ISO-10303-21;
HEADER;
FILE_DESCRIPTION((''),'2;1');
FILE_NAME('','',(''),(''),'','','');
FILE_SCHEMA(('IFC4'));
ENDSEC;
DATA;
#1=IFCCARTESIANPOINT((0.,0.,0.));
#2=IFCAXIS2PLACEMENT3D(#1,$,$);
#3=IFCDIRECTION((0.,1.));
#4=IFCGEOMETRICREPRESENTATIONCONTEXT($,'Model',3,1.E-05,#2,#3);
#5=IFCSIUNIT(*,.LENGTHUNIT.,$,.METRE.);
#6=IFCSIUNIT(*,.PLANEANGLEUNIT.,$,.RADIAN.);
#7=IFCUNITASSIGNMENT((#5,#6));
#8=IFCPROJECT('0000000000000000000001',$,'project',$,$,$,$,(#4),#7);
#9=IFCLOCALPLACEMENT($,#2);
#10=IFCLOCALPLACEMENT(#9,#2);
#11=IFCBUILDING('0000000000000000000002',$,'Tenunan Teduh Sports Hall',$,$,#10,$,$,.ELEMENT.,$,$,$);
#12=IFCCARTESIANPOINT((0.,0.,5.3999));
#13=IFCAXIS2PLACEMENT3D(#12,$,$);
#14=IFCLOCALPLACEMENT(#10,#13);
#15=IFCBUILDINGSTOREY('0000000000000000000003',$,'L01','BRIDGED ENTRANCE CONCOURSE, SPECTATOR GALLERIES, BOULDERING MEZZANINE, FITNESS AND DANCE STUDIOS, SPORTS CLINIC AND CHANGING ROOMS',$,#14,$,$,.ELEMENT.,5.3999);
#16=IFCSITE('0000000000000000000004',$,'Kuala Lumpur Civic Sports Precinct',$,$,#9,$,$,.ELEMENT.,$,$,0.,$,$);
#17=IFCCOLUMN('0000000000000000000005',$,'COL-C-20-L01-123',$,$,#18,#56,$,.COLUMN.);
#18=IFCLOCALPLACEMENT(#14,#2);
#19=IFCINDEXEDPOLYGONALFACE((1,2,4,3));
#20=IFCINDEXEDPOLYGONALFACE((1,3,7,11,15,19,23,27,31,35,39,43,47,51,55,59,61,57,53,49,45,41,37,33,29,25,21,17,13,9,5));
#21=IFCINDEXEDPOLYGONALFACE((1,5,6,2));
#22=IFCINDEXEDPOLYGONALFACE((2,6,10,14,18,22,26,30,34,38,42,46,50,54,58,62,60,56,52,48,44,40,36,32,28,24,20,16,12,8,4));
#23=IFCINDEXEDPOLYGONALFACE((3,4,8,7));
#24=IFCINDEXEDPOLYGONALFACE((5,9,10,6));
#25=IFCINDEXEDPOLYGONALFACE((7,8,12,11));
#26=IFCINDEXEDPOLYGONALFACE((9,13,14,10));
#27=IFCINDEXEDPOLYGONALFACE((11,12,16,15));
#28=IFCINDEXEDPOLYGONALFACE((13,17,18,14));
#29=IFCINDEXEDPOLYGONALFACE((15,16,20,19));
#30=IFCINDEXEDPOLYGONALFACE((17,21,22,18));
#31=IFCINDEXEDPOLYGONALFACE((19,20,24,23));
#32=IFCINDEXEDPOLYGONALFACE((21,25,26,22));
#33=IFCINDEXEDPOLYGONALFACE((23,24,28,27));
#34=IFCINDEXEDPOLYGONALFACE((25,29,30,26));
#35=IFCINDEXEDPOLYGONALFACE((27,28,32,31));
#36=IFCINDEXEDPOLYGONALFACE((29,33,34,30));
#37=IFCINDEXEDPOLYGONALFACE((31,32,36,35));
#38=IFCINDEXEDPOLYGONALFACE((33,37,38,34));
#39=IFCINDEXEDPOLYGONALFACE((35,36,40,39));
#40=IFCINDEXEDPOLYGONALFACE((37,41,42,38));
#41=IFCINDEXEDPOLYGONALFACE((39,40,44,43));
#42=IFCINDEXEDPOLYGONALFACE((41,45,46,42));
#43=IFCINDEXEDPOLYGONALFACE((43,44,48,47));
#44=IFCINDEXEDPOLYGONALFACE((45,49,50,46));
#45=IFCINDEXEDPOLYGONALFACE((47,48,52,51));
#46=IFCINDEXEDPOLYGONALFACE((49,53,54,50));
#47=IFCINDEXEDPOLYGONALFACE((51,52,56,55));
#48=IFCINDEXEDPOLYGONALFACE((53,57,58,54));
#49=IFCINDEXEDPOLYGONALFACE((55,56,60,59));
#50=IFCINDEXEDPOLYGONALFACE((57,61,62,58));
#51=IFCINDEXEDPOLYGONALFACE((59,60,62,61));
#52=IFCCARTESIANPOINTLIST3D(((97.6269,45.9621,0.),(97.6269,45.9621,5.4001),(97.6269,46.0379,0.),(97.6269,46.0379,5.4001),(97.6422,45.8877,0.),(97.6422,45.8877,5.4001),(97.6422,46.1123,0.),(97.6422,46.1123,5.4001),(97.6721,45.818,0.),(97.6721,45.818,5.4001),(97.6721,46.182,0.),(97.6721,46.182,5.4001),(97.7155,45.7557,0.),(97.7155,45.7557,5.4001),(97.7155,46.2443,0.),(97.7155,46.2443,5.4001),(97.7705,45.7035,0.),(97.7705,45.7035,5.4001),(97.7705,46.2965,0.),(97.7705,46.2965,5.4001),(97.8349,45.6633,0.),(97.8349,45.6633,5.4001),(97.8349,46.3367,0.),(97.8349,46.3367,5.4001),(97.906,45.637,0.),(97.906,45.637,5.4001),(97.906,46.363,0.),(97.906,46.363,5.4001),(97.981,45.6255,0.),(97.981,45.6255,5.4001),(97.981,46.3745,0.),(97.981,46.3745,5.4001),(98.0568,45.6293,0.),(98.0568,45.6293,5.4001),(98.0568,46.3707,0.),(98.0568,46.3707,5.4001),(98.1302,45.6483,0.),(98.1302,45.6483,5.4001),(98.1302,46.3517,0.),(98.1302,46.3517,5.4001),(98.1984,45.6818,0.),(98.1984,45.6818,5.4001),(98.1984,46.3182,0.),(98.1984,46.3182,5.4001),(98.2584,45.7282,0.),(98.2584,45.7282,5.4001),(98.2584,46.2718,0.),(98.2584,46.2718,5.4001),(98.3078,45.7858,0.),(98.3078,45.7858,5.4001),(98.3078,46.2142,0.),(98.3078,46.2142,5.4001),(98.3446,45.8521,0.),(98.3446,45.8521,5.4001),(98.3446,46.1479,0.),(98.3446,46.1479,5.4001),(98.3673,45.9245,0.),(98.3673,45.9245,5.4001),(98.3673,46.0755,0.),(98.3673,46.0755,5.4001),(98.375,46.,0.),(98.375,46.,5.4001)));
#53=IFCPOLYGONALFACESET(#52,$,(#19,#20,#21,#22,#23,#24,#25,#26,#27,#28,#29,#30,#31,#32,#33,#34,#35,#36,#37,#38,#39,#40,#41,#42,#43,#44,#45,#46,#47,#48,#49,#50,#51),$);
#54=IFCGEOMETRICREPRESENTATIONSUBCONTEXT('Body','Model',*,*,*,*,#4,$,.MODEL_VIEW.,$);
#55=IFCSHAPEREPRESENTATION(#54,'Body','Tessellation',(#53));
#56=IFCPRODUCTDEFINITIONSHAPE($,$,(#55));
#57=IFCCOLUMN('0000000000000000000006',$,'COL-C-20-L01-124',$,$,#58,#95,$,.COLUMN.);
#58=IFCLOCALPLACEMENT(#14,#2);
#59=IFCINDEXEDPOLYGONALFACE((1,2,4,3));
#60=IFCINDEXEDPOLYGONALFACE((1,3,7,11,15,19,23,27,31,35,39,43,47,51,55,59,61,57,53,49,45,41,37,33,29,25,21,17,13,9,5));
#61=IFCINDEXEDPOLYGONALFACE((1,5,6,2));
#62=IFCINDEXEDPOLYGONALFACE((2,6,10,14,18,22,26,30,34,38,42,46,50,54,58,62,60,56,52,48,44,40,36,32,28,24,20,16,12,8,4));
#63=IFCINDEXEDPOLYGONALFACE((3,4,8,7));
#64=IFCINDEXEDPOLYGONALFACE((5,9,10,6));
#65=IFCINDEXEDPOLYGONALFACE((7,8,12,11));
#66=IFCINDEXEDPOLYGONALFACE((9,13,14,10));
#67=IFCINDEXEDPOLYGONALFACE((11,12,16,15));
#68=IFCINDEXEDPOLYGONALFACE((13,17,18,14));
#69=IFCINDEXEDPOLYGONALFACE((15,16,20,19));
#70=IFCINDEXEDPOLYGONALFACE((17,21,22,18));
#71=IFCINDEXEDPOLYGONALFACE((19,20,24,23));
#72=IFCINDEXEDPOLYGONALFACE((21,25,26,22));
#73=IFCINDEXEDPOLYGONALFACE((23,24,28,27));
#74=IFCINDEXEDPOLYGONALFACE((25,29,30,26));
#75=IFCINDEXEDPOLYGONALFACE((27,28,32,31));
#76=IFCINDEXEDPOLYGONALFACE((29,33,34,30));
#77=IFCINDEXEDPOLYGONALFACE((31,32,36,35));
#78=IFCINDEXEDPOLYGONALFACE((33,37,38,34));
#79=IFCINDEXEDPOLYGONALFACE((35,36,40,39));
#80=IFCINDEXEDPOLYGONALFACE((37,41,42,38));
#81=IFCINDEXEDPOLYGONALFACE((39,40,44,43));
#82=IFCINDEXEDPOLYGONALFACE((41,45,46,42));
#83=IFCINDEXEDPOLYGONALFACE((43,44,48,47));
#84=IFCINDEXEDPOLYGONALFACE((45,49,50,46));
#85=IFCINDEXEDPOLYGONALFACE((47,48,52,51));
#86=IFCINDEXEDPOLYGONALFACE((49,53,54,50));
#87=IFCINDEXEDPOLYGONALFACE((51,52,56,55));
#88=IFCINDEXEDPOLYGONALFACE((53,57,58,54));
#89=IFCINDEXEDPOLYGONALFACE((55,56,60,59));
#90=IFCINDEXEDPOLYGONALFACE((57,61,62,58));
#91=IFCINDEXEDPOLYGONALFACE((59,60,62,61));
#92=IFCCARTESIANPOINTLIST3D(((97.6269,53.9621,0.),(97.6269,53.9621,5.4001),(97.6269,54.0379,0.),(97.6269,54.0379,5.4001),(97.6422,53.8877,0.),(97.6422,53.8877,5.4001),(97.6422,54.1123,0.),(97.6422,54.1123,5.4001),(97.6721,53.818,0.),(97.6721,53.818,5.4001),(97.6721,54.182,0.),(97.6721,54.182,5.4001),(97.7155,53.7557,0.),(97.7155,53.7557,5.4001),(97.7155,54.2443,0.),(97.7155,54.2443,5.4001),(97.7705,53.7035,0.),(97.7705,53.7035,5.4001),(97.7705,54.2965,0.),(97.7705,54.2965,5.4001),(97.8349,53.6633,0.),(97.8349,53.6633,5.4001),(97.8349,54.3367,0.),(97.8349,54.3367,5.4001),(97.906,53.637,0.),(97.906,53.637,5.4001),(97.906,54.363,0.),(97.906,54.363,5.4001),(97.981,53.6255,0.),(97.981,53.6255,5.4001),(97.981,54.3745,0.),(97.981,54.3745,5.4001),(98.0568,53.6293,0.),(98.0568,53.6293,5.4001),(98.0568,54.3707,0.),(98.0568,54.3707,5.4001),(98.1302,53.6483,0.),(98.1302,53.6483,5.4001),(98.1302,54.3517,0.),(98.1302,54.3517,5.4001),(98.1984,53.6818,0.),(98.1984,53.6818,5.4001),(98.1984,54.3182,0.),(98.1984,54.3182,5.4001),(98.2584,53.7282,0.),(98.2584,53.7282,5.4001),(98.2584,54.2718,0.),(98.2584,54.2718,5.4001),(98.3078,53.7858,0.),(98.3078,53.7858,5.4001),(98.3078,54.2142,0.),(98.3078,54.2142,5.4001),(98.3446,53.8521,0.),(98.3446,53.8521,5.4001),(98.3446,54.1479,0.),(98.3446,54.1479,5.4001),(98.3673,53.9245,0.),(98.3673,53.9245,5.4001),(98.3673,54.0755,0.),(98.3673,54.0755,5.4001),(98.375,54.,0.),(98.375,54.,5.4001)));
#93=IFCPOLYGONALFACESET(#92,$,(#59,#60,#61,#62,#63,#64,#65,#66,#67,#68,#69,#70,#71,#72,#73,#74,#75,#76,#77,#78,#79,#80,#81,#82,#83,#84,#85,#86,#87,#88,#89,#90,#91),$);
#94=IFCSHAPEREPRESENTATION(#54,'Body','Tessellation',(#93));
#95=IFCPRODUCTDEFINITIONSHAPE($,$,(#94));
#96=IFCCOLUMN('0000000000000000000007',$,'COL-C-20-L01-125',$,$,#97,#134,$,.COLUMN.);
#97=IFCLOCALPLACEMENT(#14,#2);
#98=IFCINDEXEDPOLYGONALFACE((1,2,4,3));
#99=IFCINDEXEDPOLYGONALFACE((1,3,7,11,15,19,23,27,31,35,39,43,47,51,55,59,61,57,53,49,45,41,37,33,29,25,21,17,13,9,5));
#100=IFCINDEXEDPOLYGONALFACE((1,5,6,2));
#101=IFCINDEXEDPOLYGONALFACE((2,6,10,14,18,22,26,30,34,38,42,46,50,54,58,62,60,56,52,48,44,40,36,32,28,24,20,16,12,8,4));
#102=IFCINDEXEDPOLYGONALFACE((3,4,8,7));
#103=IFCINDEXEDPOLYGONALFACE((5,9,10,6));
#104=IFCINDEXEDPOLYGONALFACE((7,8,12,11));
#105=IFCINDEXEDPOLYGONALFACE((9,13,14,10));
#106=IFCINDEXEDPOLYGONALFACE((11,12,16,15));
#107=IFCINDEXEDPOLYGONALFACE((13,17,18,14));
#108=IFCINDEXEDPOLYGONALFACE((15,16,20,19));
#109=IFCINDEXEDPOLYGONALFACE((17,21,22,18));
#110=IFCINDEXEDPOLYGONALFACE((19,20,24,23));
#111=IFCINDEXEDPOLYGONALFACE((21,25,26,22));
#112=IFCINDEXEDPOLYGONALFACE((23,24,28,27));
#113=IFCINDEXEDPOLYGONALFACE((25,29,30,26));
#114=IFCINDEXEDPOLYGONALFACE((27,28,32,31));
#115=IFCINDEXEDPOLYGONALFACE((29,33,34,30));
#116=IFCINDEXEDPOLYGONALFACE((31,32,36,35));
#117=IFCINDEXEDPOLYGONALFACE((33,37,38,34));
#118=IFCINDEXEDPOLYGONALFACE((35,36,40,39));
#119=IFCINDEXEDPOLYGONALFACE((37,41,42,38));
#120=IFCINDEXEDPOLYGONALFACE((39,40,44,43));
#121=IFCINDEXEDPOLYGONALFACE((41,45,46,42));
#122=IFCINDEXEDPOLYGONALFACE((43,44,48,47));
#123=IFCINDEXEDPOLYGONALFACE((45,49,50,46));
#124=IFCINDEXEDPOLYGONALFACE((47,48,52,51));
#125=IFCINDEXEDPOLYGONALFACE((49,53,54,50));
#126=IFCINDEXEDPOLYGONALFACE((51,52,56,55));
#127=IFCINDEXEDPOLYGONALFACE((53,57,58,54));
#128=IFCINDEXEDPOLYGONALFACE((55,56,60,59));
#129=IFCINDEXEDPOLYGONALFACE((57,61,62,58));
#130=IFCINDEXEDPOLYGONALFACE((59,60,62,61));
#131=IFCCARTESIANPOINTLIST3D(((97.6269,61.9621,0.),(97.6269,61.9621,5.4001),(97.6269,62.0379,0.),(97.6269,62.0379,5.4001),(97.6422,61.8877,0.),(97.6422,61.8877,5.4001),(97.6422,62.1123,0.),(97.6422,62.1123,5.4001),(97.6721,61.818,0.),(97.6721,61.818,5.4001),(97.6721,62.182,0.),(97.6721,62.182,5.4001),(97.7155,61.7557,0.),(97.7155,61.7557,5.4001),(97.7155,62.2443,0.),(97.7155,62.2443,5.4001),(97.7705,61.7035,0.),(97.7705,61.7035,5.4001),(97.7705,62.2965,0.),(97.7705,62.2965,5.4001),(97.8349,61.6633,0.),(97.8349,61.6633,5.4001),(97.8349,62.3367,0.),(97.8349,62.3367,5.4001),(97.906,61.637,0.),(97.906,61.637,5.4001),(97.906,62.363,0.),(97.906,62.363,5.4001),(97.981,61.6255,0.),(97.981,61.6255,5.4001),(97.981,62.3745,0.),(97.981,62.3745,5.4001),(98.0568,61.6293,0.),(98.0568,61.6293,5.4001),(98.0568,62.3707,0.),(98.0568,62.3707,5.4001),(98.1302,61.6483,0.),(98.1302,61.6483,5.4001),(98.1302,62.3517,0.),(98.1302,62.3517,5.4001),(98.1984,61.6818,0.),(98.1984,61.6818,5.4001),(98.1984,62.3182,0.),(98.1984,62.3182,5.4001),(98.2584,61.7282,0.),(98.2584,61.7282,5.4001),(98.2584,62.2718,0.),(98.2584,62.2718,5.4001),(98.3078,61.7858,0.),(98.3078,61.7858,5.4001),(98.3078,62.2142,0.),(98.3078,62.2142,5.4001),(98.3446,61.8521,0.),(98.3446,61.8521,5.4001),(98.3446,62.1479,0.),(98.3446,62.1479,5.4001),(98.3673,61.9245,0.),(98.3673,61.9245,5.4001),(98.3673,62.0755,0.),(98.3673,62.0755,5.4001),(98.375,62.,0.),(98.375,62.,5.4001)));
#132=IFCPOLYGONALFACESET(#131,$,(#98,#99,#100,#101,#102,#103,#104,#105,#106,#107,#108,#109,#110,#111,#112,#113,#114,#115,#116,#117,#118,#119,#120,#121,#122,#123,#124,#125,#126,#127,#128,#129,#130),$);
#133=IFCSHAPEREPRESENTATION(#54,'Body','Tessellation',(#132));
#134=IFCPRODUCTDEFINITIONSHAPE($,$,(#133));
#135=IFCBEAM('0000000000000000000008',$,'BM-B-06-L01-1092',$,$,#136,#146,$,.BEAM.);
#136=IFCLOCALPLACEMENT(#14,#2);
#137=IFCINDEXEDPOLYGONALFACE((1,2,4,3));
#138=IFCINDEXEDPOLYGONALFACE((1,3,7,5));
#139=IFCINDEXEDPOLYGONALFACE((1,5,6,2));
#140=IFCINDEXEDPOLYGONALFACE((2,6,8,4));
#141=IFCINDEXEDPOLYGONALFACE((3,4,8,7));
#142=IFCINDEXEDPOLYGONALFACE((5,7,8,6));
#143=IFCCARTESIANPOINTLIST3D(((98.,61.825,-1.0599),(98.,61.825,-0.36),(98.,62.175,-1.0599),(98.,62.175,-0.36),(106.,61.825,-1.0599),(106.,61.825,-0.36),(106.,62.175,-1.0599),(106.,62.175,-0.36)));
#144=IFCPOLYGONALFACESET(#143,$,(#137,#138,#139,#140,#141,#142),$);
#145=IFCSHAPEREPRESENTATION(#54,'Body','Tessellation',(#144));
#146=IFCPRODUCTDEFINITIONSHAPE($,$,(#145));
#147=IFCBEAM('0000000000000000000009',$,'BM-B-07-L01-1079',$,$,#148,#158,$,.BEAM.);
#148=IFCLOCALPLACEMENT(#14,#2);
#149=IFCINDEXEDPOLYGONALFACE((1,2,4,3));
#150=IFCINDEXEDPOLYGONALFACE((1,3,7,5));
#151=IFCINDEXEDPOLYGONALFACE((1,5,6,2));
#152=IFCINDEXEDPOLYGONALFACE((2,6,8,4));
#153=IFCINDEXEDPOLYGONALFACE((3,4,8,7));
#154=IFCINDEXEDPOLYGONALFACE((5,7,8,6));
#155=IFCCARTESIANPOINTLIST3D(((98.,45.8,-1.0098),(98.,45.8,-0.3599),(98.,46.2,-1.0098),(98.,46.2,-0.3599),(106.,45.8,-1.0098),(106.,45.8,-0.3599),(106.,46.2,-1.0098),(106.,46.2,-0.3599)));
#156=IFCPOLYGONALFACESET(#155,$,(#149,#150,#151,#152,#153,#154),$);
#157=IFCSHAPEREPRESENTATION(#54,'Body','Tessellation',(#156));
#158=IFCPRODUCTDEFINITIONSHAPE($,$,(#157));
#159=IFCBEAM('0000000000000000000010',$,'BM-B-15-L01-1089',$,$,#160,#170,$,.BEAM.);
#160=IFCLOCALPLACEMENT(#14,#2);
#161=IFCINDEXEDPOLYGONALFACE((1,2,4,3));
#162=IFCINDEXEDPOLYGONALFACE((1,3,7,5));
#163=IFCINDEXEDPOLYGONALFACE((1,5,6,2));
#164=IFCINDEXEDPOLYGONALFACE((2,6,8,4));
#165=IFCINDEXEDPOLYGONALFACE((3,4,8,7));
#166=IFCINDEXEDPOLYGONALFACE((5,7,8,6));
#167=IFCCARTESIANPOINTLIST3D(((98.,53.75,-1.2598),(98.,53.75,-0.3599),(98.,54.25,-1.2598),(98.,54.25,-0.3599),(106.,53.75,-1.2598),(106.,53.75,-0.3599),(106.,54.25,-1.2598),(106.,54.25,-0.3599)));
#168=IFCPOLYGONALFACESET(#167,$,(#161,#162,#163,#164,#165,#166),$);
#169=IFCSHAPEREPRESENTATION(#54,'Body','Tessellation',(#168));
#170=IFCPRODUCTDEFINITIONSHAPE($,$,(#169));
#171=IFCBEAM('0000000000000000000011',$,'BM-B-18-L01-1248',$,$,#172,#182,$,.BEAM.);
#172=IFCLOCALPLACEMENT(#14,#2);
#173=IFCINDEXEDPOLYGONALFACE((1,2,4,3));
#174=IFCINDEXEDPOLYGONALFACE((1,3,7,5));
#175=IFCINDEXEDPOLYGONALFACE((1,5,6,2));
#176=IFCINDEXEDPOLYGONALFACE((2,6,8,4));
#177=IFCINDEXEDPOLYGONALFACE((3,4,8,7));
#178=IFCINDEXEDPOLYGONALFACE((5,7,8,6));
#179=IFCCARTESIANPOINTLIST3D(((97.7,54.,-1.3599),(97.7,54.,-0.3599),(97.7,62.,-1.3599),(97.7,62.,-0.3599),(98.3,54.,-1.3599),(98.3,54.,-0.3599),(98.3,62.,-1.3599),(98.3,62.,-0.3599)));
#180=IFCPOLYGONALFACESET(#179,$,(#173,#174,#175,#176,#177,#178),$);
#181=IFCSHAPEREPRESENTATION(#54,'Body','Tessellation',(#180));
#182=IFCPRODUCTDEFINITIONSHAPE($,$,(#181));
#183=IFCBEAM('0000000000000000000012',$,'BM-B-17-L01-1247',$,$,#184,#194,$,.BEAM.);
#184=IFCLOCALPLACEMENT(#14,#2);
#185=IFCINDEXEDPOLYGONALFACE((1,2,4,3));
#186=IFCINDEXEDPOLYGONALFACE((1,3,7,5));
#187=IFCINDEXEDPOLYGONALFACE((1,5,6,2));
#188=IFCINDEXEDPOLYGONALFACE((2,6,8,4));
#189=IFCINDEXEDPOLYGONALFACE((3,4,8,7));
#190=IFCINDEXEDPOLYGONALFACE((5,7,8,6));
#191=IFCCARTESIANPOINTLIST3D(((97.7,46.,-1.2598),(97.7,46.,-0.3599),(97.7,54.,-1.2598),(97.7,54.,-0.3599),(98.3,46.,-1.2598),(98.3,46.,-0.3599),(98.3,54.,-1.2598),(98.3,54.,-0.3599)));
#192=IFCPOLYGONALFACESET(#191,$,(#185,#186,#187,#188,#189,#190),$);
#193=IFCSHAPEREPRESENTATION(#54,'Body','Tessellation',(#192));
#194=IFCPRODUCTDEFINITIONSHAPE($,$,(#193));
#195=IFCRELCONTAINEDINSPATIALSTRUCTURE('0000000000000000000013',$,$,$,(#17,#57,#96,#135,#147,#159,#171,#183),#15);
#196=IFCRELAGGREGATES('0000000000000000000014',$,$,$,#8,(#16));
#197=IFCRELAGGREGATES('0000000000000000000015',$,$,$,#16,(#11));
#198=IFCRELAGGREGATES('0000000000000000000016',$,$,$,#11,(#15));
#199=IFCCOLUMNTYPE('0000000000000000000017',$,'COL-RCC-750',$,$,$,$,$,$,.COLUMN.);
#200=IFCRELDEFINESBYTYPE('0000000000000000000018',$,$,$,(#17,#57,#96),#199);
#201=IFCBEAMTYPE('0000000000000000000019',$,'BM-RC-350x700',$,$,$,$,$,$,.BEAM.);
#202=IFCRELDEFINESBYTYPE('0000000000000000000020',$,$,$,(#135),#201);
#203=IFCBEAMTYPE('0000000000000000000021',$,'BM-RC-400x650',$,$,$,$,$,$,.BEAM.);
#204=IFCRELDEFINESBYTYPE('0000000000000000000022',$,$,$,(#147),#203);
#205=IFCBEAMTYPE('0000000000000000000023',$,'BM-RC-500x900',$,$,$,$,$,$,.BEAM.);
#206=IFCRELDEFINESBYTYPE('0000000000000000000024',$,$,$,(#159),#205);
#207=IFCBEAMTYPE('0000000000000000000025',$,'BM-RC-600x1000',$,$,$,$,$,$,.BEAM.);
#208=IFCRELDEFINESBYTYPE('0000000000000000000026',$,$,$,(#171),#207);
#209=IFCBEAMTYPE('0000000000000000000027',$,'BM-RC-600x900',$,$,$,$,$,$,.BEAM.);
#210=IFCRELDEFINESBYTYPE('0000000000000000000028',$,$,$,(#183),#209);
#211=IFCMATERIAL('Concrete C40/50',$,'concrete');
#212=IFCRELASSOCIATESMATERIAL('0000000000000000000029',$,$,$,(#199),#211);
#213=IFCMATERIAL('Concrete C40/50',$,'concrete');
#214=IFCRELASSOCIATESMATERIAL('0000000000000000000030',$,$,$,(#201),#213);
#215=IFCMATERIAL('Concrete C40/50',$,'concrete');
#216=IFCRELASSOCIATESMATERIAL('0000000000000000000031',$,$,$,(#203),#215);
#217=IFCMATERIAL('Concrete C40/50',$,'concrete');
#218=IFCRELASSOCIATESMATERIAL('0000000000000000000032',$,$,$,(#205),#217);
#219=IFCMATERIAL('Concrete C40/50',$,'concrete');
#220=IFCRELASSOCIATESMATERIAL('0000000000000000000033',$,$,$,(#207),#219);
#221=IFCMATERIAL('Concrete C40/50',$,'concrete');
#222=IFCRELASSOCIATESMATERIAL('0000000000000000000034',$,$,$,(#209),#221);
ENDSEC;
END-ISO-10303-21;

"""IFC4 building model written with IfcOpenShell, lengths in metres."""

from ifc_helpers import new_model, si_unit, direction, frame, origin, origin_2d, place, context, subcontext, project, spatial, rectangle, circle, extrude, material, material_profile, profile_set, type_object, element, save


model = new_model("IFC4")

# Units and contexts
model_context = context("Model", 3, precision=1e-05, world=origin(), true_north=direction((0.0, 1.0)))
body_context = subcontext(model_context, "Body", "Model", "MODEL_VIEW")
ifc_project = project(units=[si_unit("LENGTHUNIT", "METRE"), si_unit("PLANEANGLEUNIT", "RADIAN")], contexts=[model_context])

# Site, building, storey
site_placement = place(None, origin())
site = spatial("IfcSite", under=ifc_project, at=site_placement, Name="Kuala Lumpur Civic Sports Precinct", CompositionType="ELEMENT", RefElevation=0.0)
building_placement = place(site_placement, origin())
building = spatial("IfcBuilding", under=site, at=building_placement, Name="Tenunan Teduh Sports Hall", CompositionType="ELEMENT")
storey_placement = place(building_placement, frame((0.0, 0.0, 5.3999)))
storey = spatial("IfcBuildingStorey", under=building, at=storey_placement, Name="L01", Description="BRIDGED ENTRANCE CONCOURSE, SPECTATOR GALLERIES, BOULDERING MEZZANINE, FITNESS AND DANCE STUDIOS, SPORTS CLINIC AND CHANGING ROOMS", CompositionType="ELEMENT", Elevation=5.3999)

# Columns
ifc_material_1 = material(Name="Concrete C40/50", Category="concrete")
ifc_material_profile_1 = material_profile(ifc_material_1, circle(Radius=0.375, at=origin_2d()), Name="RCC D750")
ifc_profile_set_1 = profile_set([ifc_material_profile_1], Name="Concrete C40/50")
column_type = type_object("IfcColumnType", Name="COL-RCC-750", PredefinedType="COLUMN", material=ifc_profile_set_1)
for number, where, z_axis, x_axis, name in (
    (1, (98.0, 46.0, 0.0), (0.0, 0.0, 1.0), (1.0, 0.0, 0.0), "COL-C-20-L01-123"),
    (2, (98.0, 54.0, 0.0), (0.0, 0.0, 1.0), (1.0, 0.0, 0.0), "COL-C-20-L01-124"),
    (3, (98.0, 62.0, 0.0), (0.0, 0.0, 1.0), (1.0, 0.0, 0.0), "COL-C-20-L01-125"),
):
    element("IfcColumn", number, at=place(storey_placement, frame(where, z_axis=z_axis, x_axis=x_axis)), inside=storey, type_object=column_type, Name=name, PredefinedType="COLUMN", context=body_context, shape_type="SweptSolid", body=[
        extrude(circle(Radius=0.375, at=origin_2d()), origin(), (0.0, 0.0, 1.0), 5.4001),
    ])

# Beams
ifc_material_2 = material(Name="Concrete C40/50", Category="concrete")
ifc_material_profile_2 = material_profile(ifc_material_2, rectangle(XDim=0.3501, YDim=0.7, at=origin_2d()), Name="RCB 350x700")
ifc_profile_set_2 = profile_set([ifc_material_profile_2], Name="Concrete C40/50")
beam_type_1 = type_object("IfcBeamType", Name="BM-RC-350x700", PredefinedType="BEAM", material=ifc_profile_set_2)
beam_1_placement = place(storey_placement, frame((98.0, 62.0, -0.71), z_axis=(1.0, 0.0, 0.0), x_axis=(0.0, 1.0, 0.0)))
element("IfcBeam", 4, at=beam_1_placement, inside=storey, type_object=beam_type_1, Name="BM-B-06-L01-1092", PredefinedType="BEAM", context=body_context, shape_type="SweptSolid", body=[
    extrude(rectangle(XDim=0.3501, YDim=0.7, at=origin_2d()), origin(), (0.0, 0.0, 1.0), 8.0),
])
ifc_material_3 = material(Name="Concrete C40/50", Category="concrete")
ifc_material_profile_3 = material_profile(ifc_material_3, rectangle(XDim=0.3999, YDim=0.6499, at=origin_2d()), Name="RCB 400x650")
ifc_profile_set_3 = profile_set([ifc_material_profile_3], Name="Concrete C40/50")
beam_type_2 = type_object("IfcBeamType", Name="BM-RC-400x650", PredefinedType="BEAM", material=ifc_profile_set_3)
beam_2_placement = place(storey_placement, frame((98.0, 46.0, -0.6848), z_axis=(1.0, 0.0, 0.0), x_axis=(0.0, 1.0, 0.0)))
element("IfcBeam", 5, at=beam_2_placement, inside=storey, type_object=beam_type_2, Name="BM-B-07-L01-1079", PredefinedType="BEAM", context=body_context, shape_type="SweptSolid", body=[
    extrude(rectangle(XDim=0.3999, YDim=0.6499, at=origin_2d()), origin(), (0.0, 0.0, 1.0), 8.0),
])
ifc_material_4 = material(Name="Concrete C40/50", Category="concrete")
ifc_material_profile_4 = material_profile(ifc_material_4, rectangle(XDim=0.5, YDim=0.8999, at=origin_2d()), Name="RCB 500x900")
ifc_profile_set_4 = profile_set([ifc_material_profile_4], Name="Concrete C40/50")
beam_type_3 = type_object("IfcBeamType", Name="BM-RC-500x900", PredefinedType="BEAM", material=ifc_profile_set_4)
beam_3_placement = place(storey_placement, frame((98.0, 54.0, -0.8098), z_axis=(1.0, 0.0, 0.0), x_axis=(0.0, 1.0, 0.0)))
element("IfcBeam", 6, at=beam_3_placement, inside=storey, type_object=beam_type_3, Name="BM-B-15-L01-1089", PredefinedType="BEAM", context=body_context, shape_type="SweptSolid", body=[
    extrude(rectangle(XDim=0.5, YDim=0.8999, at=origin_2d()), origin(), (0.0, 0.0, 1.0), 8.0),
])
ifc_material_5 = material(Name="Concrete C40/50", Category="concrete")
ifc_material_profile_5 = material_profile(ifc_material_5, rectangle(XDim=0.6001, YDim=1.0, at=origin_2d()), Name="RCB 600x1000")
ifc_profile_set_5 = profile_set([ifc_material_profile_5], Name="Concrete C40/50")
beam_type_4 = type_object("IfcBeamType", Name="BM-RC-600x1000", PredefinedType="BEAM", material=ifc_profile_set_5)
beam_4_placement = place(storey_placement, frame((98.0, 54.0, -0.8599), z_axis=(0.0, 1.0, 0.0), x_axis=(-1.0, 0.0, 0.0)))
element("IfcBeam", 7, at=beam_4_placement, inside=storey, type_object=beam_type_4, Name="BM-B-18-L01-1248", PredefinedType="BEAM", context=body_context, shape_type="SweptSolid", body=[
    extrude(rectangle(XDim=0.6001, YDim=1.0, at=origin_2d()), origin(), (0.0, 0.0, 1.0), 8.0),
])
ifc_material_6 = material(Name="Concrete C40/50", Category="concrete")
ifc_material_profile_6 = material_profile(ifc_material_6, rectangle(XDim=0.6001, YDim=0.8999, at=origin_2d()), Name="RCB 600x900")
ifc_profile_set_6 = profile_set([ifc_material_profile_6], Name="Concrete C40/50")
beam_type_5 = type_object("IfcBeamType", Name="BM-RC-600x900", PredefinedType="BEAM", material=ifc_profile_set_6)
beam_5_placement = place(storey_placement, frame((98.0, 46.0, -0.8098), z_axis=(0.0, 1.0, 0.0), x_axis=(-1.0, 0.0, 0.0)))
element("IfcBeam", 8, at=beam_5_placement, inside=storey, type_object=beam_type_5, Name="BM-B-17-L01-1247", PredefinedType="BEAM", context=body_context, shape_type="SweptSolid", body=[
    extrude(rectangle(XDim=0.6001, YDim=0.8999, at=origin_2d()), origin(), (0.0, 0.0, 1.0), 8.0),
])

save(model, "model.ifc")
